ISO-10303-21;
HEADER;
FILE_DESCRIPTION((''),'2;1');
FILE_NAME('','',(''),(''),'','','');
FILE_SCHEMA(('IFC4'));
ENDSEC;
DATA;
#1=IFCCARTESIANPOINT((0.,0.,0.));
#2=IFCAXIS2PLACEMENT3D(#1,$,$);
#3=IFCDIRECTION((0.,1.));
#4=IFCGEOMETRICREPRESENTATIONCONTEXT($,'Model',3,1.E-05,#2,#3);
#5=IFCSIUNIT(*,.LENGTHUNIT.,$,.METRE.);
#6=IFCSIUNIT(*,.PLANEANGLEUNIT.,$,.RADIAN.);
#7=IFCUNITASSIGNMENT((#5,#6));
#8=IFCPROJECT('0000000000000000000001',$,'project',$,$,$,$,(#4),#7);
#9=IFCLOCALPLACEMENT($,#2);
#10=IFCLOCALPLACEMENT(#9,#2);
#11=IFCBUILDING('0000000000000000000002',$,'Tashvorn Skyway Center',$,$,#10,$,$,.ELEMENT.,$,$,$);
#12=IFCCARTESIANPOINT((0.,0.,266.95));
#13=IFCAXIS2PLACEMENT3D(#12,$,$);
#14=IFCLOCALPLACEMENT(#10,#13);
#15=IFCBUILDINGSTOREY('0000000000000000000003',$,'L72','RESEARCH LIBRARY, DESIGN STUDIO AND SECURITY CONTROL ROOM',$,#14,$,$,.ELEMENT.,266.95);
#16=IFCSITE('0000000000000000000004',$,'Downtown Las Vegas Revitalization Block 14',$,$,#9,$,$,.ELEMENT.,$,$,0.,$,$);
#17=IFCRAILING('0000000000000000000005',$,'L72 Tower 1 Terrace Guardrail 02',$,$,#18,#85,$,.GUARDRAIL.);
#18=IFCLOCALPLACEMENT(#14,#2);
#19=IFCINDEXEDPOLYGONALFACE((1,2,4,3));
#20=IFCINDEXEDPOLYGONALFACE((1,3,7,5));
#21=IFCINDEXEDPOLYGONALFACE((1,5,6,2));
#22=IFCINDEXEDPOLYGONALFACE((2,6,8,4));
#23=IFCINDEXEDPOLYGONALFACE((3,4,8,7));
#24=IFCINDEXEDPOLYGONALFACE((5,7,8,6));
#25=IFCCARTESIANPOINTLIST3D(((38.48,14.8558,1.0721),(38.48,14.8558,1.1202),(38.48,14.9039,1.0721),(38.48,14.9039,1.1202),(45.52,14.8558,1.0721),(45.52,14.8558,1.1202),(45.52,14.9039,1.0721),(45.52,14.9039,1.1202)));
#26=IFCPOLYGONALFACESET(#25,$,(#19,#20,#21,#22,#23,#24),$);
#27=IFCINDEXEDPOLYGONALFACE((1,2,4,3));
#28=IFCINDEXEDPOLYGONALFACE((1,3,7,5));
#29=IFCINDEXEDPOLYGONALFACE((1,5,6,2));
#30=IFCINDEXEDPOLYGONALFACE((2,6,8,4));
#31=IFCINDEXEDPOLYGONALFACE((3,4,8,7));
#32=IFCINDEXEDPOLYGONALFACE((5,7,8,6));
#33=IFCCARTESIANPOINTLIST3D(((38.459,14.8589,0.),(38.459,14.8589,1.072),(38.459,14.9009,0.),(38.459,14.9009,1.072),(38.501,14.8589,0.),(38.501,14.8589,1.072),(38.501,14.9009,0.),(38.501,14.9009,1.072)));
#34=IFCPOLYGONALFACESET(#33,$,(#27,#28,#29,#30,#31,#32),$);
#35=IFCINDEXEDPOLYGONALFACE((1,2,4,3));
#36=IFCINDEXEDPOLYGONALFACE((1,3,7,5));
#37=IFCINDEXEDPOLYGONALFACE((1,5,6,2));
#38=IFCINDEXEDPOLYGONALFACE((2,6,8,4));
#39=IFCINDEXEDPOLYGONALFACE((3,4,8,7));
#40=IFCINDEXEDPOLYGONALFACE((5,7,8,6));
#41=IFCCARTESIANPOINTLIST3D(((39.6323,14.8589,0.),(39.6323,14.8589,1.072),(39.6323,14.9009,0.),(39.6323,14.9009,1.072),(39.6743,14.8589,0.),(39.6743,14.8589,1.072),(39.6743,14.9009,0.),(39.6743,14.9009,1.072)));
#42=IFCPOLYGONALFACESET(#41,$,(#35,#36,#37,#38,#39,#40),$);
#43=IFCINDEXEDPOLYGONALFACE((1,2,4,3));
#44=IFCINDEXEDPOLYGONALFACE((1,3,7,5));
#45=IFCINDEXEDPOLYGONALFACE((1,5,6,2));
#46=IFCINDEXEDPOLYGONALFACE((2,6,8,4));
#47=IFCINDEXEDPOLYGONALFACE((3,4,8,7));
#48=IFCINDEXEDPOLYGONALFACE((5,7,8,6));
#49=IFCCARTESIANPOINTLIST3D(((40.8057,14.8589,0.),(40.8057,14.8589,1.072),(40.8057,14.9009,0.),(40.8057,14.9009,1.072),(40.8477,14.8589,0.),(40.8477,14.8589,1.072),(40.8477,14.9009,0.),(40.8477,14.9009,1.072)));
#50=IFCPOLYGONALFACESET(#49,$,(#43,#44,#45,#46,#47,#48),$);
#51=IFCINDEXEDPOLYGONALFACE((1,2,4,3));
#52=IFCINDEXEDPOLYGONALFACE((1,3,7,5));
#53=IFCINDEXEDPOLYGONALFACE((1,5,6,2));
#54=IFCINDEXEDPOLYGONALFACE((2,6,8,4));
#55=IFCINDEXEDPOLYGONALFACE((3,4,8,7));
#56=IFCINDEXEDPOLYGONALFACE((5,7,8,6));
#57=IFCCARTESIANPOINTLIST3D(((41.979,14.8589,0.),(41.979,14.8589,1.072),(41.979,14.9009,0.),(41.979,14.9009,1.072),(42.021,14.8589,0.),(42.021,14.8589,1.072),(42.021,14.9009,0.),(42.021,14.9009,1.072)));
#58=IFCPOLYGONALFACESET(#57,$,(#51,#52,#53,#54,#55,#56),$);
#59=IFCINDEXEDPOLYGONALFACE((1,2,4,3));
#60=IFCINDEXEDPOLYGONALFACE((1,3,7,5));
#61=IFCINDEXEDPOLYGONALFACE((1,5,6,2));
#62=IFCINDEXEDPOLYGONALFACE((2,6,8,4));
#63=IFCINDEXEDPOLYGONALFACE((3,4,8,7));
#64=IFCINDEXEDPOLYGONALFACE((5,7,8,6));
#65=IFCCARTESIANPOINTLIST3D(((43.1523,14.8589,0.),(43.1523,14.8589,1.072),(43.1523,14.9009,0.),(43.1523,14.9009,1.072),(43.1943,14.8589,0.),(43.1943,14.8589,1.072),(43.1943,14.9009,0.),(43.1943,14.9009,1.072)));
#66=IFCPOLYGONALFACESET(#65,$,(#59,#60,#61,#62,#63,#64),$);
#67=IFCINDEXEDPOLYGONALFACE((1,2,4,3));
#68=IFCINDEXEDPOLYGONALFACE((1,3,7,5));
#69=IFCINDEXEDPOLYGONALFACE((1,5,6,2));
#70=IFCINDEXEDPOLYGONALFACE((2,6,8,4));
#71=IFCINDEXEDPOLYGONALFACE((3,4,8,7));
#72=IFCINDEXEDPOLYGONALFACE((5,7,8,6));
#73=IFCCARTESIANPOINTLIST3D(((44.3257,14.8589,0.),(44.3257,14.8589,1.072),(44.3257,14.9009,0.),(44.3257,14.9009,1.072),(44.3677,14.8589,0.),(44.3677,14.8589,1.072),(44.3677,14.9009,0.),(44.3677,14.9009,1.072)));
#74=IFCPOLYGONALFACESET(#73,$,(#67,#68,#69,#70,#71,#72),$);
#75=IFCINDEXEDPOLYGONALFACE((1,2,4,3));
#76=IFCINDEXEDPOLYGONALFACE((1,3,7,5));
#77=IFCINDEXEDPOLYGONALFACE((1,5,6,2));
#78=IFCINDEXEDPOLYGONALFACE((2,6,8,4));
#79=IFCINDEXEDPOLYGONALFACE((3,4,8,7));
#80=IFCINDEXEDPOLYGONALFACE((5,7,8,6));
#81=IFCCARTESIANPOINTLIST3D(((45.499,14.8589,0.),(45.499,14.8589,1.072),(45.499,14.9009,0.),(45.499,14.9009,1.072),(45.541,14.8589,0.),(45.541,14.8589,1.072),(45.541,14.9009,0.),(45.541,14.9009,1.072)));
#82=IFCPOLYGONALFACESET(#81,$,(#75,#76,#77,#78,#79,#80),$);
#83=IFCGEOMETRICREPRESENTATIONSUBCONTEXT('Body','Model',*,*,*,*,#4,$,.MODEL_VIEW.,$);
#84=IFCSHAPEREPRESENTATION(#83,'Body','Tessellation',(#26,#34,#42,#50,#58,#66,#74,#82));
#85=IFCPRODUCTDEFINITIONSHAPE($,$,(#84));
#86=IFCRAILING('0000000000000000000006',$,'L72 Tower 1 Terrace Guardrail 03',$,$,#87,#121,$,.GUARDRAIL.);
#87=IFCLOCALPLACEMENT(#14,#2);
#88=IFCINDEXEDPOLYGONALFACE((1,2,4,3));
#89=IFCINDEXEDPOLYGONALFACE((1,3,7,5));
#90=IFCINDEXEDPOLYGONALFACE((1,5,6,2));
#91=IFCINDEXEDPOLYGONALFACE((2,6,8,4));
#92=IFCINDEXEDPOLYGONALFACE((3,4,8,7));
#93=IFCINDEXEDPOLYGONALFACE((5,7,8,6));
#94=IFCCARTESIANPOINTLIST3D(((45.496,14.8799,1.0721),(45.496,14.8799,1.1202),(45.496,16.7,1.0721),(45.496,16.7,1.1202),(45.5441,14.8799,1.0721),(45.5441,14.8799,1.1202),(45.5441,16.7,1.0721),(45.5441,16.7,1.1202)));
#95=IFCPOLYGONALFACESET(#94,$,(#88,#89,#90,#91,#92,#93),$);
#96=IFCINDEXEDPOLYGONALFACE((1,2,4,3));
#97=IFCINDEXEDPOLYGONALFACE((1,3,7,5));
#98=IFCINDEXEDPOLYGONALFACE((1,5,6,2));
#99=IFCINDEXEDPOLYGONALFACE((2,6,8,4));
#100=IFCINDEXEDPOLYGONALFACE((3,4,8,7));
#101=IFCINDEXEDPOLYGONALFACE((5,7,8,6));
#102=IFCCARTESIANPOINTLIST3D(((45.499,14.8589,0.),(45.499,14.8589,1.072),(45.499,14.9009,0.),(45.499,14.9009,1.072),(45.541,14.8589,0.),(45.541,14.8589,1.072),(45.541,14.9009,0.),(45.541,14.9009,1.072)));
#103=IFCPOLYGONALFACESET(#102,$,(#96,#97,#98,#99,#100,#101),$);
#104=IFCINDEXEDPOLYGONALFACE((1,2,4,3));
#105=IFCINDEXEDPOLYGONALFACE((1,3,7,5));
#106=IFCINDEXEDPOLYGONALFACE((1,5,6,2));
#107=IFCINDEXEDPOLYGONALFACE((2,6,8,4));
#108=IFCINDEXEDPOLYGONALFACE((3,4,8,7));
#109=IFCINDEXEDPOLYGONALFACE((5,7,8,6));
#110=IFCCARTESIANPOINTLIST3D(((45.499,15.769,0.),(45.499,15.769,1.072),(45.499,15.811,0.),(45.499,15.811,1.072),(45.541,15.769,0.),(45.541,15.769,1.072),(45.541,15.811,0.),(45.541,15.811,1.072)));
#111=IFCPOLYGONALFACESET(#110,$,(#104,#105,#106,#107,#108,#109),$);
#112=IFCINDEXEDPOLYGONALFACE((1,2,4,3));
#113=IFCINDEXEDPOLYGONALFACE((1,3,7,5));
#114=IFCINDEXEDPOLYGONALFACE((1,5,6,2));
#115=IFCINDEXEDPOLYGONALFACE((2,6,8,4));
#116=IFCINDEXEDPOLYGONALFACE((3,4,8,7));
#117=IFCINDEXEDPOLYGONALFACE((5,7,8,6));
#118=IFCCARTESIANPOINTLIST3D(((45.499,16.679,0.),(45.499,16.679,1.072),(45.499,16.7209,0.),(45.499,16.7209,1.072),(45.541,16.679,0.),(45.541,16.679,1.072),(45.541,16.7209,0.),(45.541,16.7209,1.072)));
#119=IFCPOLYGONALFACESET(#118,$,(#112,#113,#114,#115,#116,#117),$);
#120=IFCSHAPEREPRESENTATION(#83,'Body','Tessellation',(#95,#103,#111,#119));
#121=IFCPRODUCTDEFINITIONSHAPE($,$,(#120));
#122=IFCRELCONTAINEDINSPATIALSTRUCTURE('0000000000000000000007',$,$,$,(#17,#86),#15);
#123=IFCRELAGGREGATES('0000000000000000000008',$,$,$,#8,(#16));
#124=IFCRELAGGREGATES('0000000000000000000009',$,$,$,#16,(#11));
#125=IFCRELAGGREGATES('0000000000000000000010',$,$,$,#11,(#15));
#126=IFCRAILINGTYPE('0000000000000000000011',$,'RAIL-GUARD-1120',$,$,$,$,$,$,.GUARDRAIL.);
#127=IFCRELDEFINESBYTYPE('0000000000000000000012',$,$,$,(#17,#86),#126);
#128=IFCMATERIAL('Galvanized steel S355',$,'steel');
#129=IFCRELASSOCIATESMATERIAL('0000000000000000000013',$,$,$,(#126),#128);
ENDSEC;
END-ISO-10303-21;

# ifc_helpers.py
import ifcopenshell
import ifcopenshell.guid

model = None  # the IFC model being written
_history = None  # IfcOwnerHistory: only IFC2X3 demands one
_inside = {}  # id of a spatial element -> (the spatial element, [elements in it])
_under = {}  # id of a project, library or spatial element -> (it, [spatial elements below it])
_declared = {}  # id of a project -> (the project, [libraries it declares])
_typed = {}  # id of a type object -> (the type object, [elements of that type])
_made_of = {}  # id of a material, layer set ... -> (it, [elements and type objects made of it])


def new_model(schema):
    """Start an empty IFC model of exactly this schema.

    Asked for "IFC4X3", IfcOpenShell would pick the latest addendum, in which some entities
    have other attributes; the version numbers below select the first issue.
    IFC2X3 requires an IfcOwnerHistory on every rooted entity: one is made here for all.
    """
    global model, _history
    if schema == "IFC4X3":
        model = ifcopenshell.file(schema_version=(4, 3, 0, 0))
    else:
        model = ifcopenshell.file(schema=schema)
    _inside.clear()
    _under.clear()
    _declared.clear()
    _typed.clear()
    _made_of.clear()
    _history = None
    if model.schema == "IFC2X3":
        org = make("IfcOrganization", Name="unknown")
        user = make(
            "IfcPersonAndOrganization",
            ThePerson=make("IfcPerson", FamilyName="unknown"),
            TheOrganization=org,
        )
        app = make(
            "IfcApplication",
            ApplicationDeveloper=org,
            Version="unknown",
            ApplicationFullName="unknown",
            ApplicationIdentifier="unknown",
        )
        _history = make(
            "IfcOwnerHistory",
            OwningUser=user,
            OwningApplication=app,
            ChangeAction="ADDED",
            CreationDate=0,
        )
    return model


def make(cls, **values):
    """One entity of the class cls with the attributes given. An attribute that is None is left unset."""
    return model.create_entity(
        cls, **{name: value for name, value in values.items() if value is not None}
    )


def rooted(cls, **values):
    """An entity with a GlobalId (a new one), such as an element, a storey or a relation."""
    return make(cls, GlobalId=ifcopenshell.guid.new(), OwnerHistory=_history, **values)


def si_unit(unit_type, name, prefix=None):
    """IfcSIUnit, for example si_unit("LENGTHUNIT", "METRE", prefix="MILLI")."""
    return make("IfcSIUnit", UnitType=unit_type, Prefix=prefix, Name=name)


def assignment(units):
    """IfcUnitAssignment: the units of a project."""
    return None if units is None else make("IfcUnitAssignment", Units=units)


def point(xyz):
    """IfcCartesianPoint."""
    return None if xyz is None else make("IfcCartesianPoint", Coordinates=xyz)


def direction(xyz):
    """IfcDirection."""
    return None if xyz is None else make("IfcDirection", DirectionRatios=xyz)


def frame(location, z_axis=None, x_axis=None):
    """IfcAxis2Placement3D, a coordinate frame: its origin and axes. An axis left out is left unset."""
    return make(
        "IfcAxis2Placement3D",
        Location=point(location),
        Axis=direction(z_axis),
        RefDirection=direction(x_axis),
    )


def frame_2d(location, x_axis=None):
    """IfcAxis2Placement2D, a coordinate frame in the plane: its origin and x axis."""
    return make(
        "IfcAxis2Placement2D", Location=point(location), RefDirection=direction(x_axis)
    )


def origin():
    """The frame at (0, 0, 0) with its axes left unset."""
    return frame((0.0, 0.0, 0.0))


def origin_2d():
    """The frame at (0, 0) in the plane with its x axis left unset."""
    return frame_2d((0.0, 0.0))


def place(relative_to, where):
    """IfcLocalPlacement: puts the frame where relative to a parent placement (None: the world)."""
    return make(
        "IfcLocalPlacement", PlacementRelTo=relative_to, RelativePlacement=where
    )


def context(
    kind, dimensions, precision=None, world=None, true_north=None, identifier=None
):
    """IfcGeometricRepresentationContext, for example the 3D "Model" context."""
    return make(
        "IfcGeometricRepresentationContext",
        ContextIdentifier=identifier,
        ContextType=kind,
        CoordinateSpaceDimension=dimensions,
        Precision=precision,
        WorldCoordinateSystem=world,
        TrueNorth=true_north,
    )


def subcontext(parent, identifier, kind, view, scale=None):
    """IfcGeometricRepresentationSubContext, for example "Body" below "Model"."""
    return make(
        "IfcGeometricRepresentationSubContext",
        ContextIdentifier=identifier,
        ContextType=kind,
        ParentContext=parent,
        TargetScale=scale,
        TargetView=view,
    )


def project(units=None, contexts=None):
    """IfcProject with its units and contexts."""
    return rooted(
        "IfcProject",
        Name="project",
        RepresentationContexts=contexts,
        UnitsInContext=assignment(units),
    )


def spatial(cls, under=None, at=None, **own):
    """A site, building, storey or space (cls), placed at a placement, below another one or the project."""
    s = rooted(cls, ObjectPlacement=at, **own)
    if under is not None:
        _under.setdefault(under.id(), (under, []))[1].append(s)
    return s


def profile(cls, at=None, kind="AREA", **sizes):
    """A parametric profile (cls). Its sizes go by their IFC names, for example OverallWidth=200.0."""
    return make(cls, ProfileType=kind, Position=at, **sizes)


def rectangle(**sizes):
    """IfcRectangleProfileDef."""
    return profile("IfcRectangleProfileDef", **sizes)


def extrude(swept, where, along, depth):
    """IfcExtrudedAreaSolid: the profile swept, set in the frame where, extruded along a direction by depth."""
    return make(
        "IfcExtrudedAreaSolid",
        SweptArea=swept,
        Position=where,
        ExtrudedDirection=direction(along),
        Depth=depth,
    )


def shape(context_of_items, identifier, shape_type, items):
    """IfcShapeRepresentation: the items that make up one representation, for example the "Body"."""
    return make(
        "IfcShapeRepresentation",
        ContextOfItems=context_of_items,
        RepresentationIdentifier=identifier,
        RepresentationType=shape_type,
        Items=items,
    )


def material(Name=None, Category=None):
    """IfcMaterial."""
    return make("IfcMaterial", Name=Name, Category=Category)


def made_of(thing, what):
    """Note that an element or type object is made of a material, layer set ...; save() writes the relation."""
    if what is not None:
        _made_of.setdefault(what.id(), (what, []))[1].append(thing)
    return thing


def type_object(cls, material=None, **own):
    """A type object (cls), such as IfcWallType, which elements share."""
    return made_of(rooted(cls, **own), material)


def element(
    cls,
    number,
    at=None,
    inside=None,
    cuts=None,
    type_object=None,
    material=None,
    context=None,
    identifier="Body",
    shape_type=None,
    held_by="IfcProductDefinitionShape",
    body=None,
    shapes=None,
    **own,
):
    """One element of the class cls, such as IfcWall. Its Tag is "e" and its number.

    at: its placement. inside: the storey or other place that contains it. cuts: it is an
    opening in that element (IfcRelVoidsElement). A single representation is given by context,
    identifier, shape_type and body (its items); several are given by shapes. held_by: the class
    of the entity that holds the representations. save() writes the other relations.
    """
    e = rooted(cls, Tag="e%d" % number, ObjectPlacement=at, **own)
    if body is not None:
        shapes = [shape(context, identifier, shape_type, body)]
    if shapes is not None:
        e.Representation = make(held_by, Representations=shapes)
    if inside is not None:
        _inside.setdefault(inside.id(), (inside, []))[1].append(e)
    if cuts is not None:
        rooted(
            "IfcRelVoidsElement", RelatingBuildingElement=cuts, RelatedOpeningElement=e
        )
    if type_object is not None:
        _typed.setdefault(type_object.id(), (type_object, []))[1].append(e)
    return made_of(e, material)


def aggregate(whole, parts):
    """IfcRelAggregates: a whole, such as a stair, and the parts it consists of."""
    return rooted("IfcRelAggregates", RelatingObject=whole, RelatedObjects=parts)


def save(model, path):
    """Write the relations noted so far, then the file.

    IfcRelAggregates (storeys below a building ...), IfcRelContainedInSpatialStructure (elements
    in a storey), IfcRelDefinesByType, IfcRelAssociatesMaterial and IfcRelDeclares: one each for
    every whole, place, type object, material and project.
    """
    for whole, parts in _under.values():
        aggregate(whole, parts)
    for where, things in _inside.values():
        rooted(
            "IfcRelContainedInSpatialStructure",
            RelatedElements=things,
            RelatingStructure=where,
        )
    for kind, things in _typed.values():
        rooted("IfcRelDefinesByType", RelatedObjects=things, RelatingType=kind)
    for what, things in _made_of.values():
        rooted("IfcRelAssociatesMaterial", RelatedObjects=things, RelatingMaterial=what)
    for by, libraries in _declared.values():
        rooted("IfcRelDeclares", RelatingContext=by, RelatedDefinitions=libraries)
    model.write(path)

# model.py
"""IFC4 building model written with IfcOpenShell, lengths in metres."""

from ifc_helpers import new_model, si_unit, direction, frame, origin, origin_2d, place, context, subcontext, project, spatial, rectangle, extrude, material, type_object, element, save


model = new_model("IFC4")

# Units and contexts
model_context = context("Model", 3, precision=1e-05, world=origin(), true_north=direction((0.0, 1.0)))
body_context = subcontext(model_context, "Body", "Model", "MODEL_VIEW")
ifc_project = project(units=[si_unit("LENGTHUNIT", "METRE"), si_unit("PLANEANGLEUNIT", "RADIAN")], contexts=[model_context])

# Site, building, storey
site_placement = place(None, origin())
site = spatial("IfcSite", under=ifc_project, at=site_placement, Name="Downtown Las Vegas Revitalization Block 14", CompositionType="ELEMENT", RefElevation=0.0)
building_placement = place(site_placement, origin())
building = spatial("IfcBuilding", under=site, at=building_placement, Name="Tashvorn Skyway Center", CompositionType="ELEMENT")
storey_placement = place(building_placement, frame((0.0, 0.0, 266.95)))
storey = spatial("IfcBuildingStorey", under=building, at=storey_placement, Name="L72", Description="RESEARCH LIBRARY, DESIGN STUDIO AND SECURITY CONTROL ROOM", CompositionType="ELEMENT", Elevation=266.95)

# Railings
ifc_material_1 = material(Name="Galvanized steel S355", Category="steel")
railing_type = type_object("IfcRailingType", Name="RAIL-GUARD-1120", PredefinedType="GUARDRAIL", material=ifc_material_1)
railing_1_placement = place(storey_placement, frame((38.48, 14.8799, 0.0)))
element("IfcRailing", 1, at=railing_1_placement, inside=storey, type_object=railing_type, Name="L72 Tower 1 Terrace Guardrail 02", PredefinedType="GUARDRAIL", context=body_context, shape_type="SweptSolid", body=[
    extrude(rectangle(XDim=0.0481, YDim=0.0481, at=origin_2d()), frame((0.0, 0.0, 1.0962), z_axis=(1.0, 0.0, 0.0), x_axis=(0.0, 1.0, 0.0)), (0.0, 0.0, 1.0), 7.04),
    extrude(rectangle(XDim=0.042, YDim=0.042, at=origin_2d()), origin(), (0.0, 0.0, 1.0), 1.072),
    extrude(rectangle(XDim=0.042, YDim=0.042, at=origin_2d()), frame((1.1733, 0.0, 0.0)), (0.0, 0.0, 1.0), 1.072),
    extrude(rectangle(XDim=0.042, YDim=0.042, at=origin_2d()), frame((2.3467, 0.0, 0.0)), (0.0, 0.0, 1.0), 1.072),
    extrude(rectangle(XDim=0.042, YDim=0.042, at=origin_2d()), frame((3.52, 0.0, 0.0)), (0.0, 0.0, 1.0), 1.072),
    extrude(rectangle(XDim=0.042, YDim=0.042, at=origin_2d()), frame((4.6934, 0.0, 0.0)), (0.0, 0.0, 1.0), 1.072),
    extrude(rectangle(XDim=0.042, YDim=0.042, at=origin_2d()), frame((5.8667, 0.0, 0.0)), (0.0, 0.0, 1.0), 1.072),
    extrude(rectangle(XDim=0.042, YDim=0.042, at=origin_2d()), frame((7.04, 0.0, 0.0)), (0.0, 0.0, 1.0), 1.072),
])
railing_2_placement = place(storey_placement, frame((45.52, 14.8799, 0.0)))
element("IfcRailing", 2, at=railing_2_placement, inside=storey, type_object=railing_type, Name="L72 Tower 1 Terrace Guardrail 03", PredefinedType="GUARDRAIL", context=body_context, shape_type="SweptSolid", body=[
    extrude(rectangle(XDim=0.0481, YDim=0.0481, at=origin_2d()), frame((0.0, 0.0, 1.0962), z_axis=(0.0, 1.0, 0.0), x_axis=(-1.0, 0.0, 0.0)), (0.0, 0.0, 1.0), 1.8201),
    extrude(rectangle(XDim=0.042, YDim=0.042, at=origin_2d()), origin(), (0.0, 0.0, 1.0), 1.072),
    extrude(rectangle(XDim=0.042, YDim=0.042, at=origin_2d()), frame((0.0, 0.9102, 0.0)), (0.0, 0.0, 1.0), 1.072),
    extrude(rectangle(XDim=0.042, YDim=0.042, at=origin_2d()), frame((0.0, 1.8201, 0.0)), (0.0, 0.0, 1.0), 1.072),
])

save(model, "model.ifc")
